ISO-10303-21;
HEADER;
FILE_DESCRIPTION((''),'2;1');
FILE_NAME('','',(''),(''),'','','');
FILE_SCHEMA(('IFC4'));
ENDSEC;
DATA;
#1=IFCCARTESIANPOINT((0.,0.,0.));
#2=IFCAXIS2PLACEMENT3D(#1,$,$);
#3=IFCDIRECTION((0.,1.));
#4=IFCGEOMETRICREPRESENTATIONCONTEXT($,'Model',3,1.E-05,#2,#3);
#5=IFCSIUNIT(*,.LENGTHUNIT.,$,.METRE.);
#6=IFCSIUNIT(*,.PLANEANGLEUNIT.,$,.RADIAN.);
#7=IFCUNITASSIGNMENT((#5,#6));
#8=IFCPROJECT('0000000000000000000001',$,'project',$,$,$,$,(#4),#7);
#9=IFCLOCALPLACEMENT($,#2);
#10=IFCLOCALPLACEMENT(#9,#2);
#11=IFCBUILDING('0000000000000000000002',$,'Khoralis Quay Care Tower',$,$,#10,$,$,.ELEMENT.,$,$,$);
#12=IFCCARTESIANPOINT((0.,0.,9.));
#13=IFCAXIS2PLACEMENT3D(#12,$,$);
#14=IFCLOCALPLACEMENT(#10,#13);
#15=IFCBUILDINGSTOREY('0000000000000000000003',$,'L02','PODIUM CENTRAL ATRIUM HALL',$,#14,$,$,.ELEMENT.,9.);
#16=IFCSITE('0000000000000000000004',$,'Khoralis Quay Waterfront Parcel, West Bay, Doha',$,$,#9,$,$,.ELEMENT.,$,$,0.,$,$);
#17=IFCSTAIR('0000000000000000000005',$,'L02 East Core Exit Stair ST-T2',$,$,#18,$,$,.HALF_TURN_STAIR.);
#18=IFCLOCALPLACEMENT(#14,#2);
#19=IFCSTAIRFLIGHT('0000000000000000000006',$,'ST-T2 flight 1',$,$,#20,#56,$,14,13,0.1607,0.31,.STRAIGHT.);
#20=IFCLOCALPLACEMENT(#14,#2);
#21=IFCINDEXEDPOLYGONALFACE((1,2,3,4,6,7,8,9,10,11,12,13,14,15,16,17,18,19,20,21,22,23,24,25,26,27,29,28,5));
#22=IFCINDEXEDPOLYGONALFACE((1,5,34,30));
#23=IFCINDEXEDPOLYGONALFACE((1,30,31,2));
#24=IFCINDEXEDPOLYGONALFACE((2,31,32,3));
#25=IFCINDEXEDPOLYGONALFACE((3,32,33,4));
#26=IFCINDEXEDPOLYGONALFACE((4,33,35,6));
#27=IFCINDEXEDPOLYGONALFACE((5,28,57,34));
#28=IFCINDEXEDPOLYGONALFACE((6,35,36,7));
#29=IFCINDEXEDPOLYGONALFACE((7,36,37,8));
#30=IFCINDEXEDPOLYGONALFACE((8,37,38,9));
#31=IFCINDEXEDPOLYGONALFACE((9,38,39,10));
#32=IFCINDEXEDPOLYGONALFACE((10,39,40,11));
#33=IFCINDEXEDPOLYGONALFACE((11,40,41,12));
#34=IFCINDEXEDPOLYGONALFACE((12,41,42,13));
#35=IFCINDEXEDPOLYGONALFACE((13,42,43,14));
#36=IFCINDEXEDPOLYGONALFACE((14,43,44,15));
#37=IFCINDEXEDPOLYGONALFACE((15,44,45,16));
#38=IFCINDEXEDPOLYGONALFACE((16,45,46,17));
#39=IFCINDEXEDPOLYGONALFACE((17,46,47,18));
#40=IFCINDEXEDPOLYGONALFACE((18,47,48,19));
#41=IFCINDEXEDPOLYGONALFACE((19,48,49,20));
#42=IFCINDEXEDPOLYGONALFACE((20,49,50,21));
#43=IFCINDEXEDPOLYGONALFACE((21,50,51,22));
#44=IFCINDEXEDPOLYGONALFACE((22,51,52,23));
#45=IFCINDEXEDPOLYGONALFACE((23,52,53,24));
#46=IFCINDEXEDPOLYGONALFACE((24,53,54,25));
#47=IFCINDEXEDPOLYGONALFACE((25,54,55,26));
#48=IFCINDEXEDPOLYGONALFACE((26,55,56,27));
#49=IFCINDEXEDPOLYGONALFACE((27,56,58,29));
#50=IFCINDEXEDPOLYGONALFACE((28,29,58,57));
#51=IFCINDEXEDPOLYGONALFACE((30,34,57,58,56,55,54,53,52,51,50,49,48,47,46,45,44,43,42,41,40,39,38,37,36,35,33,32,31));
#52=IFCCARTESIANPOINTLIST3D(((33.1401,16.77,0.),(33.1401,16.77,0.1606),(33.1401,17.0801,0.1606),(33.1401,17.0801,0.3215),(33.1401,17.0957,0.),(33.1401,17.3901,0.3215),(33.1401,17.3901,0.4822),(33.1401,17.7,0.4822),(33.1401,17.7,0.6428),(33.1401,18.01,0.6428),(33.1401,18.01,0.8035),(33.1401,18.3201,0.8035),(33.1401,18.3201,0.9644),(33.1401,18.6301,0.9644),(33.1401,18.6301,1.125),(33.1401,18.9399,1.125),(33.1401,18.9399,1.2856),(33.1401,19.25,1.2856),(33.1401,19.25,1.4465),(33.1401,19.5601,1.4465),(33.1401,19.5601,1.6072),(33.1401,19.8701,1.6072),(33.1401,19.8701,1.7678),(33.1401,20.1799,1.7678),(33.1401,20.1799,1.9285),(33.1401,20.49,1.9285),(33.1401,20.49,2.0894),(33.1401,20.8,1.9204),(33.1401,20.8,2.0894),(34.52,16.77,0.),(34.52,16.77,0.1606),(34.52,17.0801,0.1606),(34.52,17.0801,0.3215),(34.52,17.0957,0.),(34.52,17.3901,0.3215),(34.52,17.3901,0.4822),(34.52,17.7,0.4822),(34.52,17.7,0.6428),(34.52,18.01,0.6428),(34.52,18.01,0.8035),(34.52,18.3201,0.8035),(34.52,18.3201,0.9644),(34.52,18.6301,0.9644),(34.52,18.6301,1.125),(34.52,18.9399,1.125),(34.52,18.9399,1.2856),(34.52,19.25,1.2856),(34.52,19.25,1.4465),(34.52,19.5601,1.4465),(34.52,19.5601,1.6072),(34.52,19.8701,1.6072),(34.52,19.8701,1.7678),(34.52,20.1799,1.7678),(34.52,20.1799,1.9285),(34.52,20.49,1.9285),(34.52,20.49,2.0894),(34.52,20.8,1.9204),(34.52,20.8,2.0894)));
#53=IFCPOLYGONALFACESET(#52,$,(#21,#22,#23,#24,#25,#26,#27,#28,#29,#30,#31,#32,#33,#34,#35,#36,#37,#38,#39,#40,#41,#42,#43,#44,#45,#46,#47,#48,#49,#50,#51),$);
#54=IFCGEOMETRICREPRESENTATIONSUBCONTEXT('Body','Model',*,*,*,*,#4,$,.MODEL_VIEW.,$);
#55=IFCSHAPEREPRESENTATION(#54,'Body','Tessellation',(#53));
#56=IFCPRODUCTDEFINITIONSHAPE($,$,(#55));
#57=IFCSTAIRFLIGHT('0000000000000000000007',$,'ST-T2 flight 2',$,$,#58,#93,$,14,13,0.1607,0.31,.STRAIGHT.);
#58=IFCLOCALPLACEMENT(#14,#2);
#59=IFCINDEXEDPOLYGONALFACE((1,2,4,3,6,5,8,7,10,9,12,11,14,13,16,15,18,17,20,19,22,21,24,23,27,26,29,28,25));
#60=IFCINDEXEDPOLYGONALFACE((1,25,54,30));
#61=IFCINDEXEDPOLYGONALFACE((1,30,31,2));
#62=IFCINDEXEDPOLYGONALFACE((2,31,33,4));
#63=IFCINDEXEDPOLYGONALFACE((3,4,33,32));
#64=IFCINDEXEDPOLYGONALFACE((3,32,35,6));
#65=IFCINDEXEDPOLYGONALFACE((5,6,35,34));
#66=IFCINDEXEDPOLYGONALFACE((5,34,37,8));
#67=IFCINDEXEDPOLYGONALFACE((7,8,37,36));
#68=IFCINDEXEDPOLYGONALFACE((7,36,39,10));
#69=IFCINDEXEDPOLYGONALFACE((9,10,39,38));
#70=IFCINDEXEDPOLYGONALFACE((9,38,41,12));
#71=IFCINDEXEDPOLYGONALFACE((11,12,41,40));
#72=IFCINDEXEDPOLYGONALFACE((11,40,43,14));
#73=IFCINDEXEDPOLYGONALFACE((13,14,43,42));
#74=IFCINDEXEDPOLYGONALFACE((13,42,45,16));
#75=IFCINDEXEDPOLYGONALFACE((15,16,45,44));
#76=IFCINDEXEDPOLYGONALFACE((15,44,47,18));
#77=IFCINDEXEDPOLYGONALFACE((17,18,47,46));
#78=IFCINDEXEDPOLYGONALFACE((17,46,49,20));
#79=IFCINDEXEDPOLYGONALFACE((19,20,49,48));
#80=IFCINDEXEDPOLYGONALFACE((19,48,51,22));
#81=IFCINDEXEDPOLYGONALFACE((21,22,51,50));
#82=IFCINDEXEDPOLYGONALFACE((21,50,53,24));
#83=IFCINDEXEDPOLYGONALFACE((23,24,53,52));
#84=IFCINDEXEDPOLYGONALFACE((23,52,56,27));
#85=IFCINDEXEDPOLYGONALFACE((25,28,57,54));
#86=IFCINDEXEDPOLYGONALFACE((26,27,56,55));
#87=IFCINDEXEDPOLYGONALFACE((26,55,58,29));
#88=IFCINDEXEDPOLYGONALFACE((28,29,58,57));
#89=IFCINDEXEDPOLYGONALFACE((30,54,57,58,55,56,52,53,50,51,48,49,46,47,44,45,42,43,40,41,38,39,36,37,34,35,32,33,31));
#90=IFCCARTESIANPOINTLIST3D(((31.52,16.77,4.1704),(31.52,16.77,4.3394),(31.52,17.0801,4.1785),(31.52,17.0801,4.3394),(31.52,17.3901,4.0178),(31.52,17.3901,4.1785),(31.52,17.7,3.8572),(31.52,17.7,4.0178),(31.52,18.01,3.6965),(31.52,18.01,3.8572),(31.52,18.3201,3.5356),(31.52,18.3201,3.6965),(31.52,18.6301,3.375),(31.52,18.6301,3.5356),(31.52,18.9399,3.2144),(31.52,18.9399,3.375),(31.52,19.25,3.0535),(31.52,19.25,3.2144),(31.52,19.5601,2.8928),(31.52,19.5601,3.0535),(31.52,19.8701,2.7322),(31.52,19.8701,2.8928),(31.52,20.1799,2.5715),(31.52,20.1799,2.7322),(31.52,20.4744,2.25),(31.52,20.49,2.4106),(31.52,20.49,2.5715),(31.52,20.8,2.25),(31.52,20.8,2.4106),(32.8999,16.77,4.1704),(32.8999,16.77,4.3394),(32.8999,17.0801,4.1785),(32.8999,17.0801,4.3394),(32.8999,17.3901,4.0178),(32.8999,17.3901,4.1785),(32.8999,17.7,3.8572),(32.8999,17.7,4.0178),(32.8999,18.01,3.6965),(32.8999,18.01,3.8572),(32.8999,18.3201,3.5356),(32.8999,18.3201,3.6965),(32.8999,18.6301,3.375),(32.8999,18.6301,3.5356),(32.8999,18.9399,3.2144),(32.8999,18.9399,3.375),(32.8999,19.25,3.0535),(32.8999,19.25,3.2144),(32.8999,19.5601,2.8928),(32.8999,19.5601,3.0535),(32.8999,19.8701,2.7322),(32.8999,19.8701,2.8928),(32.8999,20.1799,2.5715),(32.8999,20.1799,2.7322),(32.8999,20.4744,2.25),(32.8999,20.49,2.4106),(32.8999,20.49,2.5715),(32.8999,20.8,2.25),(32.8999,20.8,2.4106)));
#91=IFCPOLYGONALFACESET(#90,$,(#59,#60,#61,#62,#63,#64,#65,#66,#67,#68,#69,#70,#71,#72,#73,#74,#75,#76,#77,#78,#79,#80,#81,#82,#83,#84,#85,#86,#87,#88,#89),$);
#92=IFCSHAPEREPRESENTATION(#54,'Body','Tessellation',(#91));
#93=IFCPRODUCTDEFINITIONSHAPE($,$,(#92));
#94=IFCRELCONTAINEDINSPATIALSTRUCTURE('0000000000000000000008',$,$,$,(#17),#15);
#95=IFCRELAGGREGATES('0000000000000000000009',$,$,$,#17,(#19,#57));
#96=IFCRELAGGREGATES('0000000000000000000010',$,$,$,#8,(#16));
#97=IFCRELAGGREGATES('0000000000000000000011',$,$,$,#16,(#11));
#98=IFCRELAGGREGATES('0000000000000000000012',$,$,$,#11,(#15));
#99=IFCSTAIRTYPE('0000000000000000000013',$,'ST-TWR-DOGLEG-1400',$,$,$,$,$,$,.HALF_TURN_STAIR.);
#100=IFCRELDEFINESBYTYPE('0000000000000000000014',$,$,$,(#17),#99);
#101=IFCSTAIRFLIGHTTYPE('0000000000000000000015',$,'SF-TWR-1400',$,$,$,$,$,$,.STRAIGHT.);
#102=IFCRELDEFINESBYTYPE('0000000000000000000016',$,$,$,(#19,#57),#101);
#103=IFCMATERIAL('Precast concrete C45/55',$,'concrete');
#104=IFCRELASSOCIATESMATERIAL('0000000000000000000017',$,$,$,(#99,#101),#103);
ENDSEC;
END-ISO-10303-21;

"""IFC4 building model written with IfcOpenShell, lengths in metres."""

from ifc_helpers import new_model, si_unit, direction, frame, origin, place, context, subcontext, project, spatial, polyline, outline, extrude, source, transform, mapped, material, type_object, element, aggregate, save


model = new_model("IFC4")

# Units and contexts
model_context = context("Model", 3, precision=1e-05, world=origin(), true_north=direction((0.0, 1.0)))
body_context = subcontext(model_context, "Body", "Model", "MODEL_VIEW")
ifc_project = project(units=[si_unit("LENGTHUNIT", "METRE"), si_unit("PLANEANGLEUNIT", "RADIAN")], contexts=[model_context])

# Site, building, storey
site_placement = place(None, origin())
site = spatial("IfcSite", under=ifc_project, at=site_placement, Name="Khoralis Quay Waterfront Parcel, West Bay, Doha", CompositionType="ELEMENT", RefElevation=0.0)
building_placement = place(site_placement, origin())
building = spatial("IfcBuilding", under=site, at=building_placement, Name="Khoralis Quay Care Tower", CompositionType="ELEMENT")
storey_placement = place(building_placement, frame((0.0, 0.0, 9.0)))
storey = spatial("IfcBuildingStorey", under=building, at=storey_placement, Name="L02", Description="PODIUM CENTRAL ATRIUM HALL", CompositionType="ELEMENT", Elevation=9.0)

# Stair, stair flights
ifc_material_1 = material(Name="Precast concrete C45/55", Category="concrete")
stair_type = type_object("IfcStairType", Name="ST-TWR-DOGLEG-1400", PredefinedType="HALF_TURN_STAIR", material=ifc_material_1)
stair_placement = place(storey_placement, origin())
stair = element("IfcStair", 1, at=stair_placement, inside=storey, type_object=stair_type, Name="L02 East Core Exit Stair ST-T2", PredefinedType="HALF_TURN_STAIR")
stair_flight_type = type_object("IfcStairFlightType", Name="SF-TWR-1400", PredefinedType="STRAIGHT", material=ifc_material_1)
shared_shape_1 = source(origin(), body_context, "Body", "SweptSolid", [
    extrude(outline(polyline([(0.0, 0.0), (0.0, 0.1606), (0.3101, 0.1606), (0.3101, 0.3215), (0.6201, 0.3215), (0.6201, 0.4822), (0.9299, 0.4822), (0.9299, 0.6428), (1.24, 0.6428), (1.24, 0.8035), (1.55, 0.8035), (1.55, 0.9644), (1.8601, 0.9644), (1.8601, 1.125), (2.1699, 1.125), (2.1699, 1.2856), (2.48, 1.2856), (2.48, 1.4465), (2.79, 1.4465), (2.79, 1.6072), (3.1001, 1.6072), (3.1001, 1.7678), (3.4099, 1.7678), (3.4099, 1.9285), (3.72, 1.9285), (3.72, 2.0894), (4.03, 2.0894), (4.03, 2.25), (4.03, 1.9204), (0.3257, 0.0), (0.0, 0.0)])), frame((0.0, 0.6899, 0.0), z_axis=(0.0, -1.0, 0.0), x_axis=(1.0, 0.0, 0.0)), (0.0, 0.0, 1.0), 1.3799),
])
stair_flight_1_placement = place(storey_placement, frame((33.8301, 16.77, 0.0), z_axis=(0.0, 0.0, 1.0), x_axis=(0.0, 1.0, 0.0)))
stair_flight_1 = element("IfcStairFlight", 2, at=stair_flight_1_placement, type_object=stair_flight_type, Name="ST-T2 flight 1", NumberOfRisers=14, NumberOfTreads=13, PredefinedType="STRAIGHT", RiserHeight=0.1607, TreadLength=0.31, context=body_context, shape_type="MappedRepresentation", body=[
    mapped(shared_shape_1, transform((0.0, 0.0, 0.0), scale=1.0)),
])
stair_flight_2_placement = place(storey_placement, frame((32.21, 20.8, 2.25), z_axis=(0.0, 0.0, 1.0), x_axis=(0.0, -1.0, 0.0)))
stair_flight_2 = element("IfcStairFlight", 3, at=stair_flight_2_placement, type_object=stair_flight_type, Name="ST-T2 flight 2", NumberOfRisers=14, NumberOfTreads=13, PredefinedType="STRAIGHT", RiserHeight=0.1607, TreadLength=0.31, context=body_context, shape_type="MappedRepresentation", body=[
    mapped(shared_shape_1, transform((0.0, 0.0, 0.0), scale=1.0)),
])
aggregate(stair, [stair_flight_1, stair_flight_2])

save(model, "model.ifc")
